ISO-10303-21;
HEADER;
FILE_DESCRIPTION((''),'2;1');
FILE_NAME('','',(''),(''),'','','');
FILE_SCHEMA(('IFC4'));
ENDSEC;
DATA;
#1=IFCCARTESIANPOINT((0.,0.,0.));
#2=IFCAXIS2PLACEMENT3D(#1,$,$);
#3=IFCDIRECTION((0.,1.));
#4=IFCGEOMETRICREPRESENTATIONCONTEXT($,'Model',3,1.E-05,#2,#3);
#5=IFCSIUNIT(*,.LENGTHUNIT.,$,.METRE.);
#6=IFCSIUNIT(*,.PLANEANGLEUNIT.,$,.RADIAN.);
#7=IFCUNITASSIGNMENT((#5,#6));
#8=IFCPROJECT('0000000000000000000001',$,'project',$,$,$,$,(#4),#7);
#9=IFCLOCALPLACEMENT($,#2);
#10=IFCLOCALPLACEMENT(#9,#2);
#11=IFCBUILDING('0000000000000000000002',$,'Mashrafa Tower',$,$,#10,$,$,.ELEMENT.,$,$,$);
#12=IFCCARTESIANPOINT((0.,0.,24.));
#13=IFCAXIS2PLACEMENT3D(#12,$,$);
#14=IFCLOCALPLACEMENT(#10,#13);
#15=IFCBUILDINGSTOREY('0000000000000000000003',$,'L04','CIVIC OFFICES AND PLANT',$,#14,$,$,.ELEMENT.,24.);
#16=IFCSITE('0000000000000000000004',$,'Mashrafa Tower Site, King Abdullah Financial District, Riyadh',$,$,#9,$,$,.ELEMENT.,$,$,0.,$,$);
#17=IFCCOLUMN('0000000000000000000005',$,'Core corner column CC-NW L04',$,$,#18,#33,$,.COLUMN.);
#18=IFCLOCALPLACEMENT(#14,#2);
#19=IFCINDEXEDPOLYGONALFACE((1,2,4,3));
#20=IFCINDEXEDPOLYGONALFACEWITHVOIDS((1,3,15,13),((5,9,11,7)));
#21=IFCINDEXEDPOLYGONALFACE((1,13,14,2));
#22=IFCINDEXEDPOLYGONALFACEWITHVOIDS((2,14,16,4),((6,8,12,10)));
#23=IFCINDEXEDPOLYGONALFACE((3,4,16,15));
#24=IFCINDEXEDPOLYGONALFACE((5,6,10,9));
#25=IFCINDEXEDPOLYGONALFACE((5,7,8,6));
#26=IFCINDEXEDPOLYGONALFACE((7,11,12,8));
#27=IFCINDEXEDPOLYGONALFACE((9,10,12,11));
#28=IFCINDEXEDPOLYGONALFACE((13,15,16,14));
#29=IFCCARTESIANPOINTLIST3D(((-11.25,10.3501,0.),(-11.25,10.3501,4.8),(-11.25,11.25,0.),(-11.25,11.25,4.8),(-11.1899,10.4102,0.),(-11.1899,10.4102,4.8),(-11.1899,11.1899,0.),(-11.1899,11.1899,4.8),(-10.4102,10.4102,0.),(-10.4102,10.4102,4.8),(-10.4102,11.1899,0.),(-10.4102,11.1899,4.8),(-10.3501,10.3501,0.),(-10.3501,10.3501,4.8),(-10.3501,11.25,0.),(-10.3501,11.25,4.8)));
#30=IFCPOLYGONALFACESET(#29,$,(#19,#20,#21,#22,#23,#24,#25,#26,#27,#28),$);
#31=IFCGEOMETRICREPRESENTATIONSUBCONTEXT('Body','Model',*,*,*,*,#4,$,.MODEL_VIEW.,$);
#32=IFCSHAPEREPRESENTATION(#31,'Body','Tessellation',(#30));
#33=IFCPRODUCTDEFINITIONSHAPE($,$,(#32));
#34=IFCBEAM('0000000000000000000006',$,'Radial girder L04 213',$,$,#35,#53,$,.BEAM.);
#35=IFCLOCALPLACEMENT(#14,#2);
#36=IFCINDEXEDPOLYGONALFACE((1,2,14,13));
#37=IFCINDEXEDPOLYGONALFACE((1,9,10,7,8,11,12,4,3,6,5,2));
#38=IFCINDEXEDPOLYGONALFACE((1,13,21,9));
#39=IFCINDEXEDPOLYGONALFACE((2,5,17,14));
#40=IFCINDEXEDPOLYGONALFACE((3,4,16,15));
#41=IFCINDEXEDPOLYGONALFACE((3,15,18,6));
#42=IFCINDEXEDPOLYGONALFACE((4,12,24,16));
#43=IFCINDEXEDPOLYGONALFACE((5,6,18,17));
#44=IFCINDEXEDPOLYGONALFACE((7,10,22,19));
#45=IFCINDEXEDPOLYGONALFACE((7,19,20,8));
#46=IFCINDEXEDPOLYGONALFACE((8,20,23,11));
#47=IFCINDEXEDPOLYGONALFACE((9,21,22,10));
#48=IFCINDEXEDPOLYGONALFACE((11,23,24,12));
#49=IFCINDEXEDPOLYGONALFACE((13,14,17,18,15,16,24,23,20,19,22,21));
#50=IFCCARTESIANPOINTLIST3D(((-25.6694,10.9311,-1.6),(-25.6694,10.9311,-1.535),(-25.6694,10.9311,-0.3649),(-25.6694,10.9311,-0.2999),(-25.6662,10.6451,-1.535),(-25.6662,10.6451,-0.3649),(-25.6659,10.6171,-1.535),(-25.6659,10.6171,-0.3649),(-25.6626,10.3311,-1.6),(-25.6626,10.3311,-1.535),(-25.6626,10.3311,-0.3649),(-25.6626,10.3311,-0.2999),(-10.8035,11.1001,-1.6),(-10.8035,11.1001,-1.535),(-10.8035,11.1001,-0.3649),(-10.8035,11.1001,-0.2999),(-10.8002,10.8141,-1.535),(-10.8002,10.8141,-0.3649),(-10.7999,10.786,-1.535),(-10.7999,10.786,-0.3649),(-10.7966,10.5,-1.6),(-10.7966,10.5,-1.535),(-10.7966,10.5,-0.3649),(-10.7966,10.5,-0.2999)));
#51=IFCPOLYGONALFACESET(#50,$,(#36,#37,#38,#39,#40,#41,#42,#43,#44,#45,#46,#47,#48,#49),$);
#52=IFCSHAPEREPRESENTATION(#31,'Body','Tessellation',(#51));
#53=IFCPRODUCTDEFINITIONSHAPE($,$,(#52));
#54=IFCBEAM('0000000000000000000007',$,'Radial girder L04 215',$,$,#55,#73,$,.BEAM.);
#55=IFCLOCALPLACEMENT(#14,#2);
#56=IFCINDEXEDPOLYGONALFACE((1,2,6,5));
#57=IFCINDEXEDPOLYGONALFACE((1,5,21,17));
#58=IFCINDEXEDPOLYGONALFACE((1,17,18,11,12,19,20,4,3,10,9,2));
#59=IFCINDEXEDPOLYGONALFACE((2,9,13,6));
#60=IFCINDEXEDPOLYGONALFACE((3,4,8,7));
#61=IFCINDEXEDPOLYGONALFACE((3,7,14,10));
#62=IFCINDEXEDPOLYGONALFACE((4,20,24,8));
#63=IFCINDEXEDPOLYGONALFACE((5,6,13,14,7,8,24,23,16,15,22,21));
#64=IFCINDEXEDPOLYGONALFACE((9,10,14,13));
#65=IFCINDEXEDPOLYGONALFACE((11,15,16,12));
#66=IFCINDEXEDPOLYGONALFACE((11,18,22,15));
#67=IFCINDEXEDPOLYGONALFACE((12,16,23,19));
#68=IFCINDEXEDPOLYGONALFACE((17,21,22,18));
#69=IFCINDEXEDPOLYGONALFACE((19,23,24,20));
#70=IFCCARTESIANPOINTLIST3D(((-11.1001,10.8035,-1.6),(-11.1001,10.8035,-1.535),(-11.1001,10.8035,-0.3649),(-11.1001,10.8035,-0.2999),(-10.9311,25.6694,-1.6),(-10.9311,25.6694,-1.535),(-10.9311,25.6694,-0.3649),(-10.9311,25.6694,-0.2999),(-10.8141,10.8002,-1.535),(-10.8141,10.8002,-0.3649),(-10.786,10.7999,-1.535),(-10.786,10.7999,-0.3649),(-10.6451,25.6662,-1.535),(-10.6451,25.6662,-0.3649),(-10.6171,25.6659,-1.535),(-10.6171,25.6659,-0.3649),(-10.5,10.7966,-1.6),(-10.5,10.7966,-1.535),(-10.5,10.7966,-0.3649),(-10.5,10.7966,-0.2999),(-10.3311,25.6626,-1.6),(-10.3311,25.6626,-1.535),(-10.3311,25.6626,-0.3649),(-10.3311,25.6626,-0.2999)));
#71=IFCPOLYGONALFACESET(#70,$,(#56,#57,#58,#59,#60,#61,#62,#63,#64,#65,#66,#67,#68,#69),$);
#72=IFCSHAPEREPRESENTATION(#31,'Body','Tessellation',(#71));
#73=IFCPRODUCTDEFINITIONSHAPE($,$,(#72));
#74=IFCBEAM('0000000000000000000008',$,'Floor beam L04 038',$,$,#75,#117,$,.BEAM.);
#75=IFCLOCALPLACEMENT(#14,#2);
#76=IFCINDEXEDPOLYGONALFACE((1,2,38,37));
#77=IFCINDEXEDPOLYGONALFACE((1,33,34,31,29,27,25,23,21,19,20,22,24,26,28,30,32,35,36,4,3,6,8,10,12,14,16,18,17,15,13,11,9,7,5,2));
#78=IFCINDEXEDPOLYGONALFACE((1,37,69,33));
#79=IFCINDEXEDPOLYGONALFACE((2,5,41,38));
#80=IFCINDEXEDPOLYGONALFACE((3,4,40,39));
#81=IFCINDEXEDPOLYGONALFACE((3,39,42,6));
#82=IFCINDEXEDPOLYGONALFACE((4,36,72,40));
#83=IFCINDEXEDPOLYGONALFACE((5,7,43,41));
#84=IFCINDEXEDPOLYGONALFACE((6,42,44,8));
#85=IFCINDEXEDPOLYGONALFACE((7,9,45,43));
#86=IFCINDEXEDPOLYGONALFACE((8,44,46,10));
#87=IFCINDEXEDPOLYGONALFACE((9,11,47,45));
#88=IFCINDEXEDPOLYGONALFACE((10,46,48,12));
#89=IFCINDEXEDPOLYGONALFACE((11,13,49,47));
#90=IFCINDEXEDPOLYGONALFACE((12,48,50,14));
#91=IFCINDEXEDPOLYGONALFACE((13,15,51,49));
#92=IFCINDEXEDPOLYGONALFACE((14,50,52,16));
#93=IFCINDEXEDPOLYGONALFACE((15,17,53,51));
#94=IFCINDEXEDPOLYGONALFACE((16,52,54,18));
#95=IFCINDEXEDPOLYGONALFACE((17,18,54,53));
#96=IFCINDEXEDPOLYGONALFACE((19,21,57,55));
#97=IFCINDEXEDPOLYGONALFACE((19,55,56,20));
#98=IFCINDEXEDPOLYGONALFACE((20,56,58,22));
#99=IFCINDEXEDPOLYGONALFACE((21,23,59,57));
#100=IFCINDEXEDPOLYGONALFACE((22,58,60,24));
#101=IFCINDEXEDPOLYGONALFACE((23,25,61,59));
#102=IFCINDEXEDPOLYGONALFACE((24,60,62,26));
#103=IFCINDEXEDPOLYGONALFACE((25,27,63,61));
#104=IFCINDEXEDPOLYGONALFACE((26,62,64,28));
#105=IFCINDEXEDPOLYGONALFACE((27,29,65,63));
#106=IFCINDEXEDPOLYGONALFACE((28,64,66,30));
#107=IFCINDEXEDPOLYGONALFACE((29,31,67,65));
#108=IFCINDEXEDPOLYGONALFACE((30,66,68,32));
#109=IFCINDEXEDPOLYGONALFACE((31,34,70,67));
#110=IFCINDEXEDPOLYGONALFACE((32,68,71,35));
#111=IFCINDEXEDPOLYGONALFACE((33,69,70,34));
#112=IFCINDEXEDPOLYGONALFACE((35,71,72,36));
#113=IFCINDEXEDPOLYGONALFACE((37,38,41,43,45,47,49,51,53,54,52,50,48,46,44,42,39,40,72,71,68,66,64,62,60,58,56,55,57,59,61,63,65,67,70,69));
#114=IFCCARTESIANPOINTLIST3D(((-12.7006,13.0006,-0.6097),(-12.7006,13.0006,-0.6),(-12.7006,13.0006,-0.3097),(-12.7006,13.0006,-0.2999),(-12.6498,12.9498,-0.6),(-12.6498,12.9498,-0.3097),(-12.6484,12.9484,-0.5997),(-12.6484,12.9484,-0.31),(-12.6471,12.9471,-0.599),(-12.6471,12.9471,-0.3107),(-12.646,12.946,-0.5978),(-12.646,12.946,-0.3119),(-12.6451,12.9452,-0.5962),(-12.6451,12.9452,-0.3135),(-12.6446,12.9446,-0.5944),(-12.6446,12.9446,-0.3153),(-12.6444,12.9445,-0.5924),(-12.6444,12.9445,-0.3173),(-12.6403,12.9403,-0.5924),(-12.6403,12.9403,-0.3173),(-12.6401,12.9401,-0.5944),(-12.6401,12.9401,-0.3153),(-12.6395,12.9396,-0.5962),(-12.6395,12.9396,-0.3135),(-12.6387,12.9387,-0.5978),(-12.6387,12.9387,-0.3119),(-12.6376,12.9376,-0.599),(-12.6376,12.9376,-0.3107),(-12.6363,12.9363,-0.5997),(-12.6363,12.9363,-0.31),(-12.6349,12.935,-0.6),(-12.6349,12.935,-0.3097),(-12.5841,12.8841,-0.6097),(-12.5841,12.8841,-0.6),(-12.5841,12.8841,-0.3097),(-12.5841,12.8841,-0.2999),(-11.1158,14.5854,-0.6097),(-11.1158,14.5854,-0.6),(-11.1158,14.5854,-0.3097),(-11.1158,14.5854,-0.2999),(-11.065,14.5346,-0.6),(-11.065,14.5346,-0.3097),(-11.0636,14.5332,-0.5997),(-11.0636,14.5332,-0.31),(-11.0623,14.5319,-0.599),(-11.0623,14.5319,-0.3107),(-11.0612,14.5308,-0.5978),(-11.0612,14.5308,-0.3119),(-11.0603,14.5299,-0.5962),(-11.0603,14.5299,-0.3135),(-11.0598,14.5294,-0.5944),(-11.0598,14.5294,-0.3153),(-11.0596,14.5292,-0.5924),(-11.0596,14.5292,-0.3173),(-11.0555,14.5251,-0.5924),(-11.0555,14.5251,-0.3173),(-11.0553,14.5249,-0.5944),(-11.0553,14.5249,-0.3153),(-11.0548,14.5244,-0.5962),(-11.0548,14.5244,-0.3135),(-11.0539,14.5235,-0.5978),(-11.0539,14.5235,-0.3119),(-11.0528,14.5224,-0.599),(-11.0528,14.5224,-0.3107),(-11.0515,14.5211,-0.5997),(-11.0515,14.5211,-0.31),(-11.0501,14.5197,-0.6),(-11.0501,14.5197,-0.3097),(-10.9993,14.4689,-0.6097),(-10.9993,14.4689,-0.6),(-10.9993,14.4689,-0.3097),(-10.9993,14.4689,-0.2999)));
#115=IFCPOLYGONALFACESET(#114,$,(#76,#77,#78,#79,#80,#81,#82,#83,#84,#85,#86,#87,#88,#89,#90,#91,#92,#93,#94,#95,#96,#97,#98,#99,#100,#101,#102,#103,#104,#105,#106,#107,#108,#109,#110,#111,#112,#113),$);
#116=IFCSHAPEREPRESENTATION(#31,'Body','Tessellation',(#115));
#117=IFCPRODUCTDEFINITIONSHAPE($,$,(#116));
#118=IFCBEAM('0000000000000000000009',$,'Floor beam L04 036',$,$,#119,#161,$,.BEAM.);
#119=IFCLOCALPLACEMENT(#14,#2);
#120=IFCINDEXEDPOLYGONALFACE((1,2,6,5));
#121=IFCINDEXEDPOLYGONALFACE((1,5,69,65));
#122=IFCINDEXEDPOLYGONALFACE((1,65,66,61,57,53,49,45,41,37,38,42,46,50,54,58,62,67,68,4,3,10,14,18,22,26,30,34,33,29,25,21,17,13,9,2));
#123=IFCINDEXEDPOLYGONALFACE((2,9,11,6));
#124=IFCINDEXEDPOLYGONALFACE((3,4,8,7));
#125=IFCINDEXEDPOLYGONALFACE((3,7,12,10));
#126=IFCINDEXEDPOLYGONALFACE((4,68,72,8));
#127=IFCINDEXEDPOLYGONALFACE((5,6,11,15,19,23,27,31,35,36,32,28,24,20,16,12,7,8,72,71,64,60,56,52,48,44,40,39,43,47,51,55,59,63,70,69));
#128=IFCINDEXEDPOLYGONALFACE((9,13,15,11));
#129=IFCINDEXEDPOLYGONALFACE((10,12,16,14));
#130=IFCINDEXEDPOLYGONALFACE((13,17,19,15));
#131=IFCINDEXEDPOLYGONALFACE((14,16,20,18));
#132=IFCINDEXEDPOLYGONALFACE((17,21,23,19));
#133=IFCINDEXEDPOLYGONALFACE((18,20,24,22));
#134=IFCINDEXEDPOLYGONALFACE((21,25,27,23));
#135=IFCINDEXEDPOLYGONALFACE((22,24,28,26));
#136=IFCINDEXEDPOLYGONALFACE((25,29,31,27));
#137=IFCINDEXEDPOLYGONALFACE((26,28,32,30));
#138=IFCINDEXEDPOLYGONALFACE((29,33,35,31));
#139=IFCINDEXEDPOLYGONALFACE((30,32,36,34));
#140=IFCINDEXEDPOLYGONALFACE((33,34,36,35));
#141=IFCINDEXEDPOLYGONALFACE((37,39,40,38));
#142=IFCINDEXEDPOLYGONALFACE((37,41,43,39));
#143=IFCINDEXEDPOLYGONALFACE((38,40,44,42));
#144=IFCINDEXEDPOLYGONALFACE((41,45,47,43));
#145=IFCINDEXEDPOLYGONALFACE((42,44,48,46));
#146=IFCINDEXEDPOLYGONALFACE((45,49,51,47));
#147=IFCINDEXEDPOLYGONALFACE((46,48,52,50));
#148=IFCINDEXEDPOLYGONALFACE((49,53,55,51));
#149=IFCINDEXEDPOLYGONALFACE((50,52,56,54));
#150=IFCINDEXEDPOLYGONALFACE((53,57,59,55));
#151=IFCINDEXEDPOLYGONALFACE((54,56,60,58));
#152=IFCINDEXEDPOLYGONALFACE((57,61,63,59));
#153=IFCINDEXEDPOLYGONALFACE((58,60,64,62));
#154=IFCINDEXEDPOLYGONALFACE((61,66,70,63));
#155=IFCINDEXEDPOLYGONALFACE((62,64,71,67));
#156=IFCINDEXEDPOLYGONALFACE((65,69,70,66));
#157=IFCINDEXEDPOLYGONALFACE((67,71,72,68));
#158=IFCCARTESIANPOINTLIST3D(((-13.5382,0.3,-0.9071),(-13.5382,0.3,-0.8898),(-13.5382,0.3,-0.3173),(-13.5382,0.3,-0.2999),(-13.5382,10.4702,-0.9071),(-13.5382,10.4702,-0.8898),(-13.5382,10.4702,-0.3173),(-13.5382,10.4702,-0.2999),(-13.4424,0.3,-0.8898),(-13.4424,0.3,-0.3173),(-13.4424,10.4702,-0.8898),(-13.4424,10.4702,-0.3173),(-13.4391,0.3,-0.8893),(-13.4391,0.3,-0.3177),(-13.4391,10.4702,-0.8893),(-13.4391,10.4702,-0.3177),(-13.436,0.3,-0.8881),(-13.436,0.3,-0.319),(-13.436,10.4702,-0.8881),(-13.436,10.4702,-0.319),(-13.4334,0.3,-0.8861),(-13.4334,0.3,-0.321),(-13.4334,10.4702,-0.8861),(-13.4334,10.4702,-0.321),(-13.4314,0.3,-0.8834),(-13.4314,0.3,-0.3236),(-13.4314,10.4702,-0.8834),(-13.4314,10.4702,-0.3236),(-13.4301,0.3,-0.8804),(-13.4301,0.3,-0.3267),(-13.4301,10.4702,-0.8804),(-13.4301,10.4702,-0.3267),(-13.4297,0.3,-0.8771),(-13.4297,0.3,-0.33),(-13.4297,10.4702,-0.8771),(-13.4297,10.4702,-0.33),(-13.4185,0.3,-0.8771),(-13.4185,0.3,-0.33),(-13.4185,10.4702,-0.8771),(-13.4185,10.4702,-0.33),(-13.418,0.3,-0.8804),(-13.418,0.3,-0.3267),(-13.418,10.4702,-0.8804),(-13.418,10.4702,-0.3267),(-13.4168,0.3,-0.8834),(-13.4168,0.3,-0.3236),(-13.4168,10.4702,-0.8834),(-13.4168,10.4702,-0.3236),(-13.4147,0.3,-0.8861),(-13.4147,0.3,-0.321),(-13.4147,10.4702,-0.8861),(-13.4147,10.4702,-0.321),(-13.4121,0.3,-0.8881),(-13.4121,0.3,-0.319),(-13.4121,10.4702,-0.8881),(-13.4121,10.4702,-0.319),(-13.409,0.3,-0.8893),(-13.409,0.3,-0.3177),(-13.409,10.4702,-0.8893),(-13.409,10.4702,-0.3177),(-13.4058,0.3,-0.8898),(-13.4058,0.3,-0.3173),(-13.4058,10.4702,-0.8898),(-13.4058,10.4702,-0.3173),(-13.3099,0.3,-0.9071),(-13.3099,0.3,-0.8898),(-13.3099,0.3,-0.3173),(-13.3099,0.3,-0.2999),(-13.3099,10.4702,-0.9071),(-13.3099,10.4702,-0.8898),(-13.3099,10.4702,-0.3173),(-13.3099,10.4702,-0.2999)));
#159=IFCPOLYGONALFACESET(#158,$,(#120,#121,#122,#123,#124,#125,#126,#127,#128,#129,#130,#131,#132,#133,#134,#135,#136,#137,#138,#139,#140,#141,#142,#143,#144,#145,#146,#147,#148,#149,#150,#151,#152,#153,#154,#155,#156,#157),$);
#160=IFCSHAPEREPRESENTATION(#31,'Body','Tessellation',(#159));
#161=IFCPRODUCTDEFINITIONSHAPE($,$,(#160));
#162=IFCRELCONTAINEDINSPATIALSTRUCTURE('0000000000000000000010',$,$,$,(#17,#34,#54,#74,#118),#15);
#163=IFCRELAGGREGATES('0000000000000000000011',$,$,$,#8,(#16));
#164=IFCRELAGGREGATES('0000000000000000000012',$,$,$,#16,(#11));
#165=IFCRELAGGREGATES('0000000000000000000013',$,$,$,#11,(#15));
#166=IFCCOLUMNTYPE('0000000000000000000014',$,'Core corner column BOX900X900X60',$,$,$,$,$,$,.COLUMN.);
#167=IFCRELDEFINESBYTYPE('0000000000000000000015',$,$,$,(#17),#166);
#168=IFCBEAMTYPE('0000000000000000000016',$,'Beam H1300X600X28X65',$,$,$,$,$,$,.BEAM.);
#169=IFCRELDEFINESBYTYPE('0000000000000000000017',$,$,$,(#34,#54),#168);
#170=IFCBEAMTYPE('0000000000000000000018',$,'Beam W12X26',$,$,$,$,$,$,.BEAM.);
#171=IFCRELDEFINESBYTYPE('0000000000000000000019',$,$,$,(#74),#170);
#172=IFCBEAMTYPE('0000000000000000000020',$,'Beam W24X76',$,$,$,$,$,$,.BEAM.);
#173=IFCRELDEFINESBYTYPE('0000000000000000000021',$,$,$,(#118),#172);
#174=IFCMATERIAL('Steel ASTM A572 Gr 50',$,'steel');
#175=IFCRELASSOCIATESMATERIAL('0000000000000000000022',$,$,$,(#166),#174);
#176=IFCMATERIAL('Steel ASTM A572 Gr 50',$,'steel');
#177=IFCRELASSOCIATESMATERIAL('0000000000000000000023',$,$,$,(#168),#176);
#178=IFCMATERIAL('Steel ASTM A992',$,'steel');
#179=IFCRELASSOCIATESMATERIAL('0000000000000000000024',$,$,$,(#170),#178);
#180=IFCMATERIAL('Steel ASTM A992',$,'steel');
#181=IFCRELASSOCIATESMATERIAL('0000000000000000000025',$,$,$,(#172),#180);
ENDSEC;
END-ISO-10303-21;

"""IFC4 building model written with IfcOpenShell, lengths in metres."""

from ifc_helpers import new_model, si_unit, direction, frame, origin, origin_2d, place, context, subcontext, project, spatial, hollow_rectangle, i_section, extrude, material, material_profile, profile_set, type_object, element, save


model = new_model("IFC4")

# Units and contexts
model_context = context("Model", 3, precision=1e-05, world=origin(), true_north=direction((0.0, 1.0)))
body_context = subcontext(model_context, "Body", "Model", "MODEL_VIEW")
ifc_project = project(units=[si_unit("LENGTHUNIT", "METRE"), si_unit("PLANEANGLEUNIT", "RADIAN")], contexts=[model_context])

# Site, building, storey
site_placement = place(None, origin())
site = spatial("IfcSite", under=ifc_project, at=site_placement, Name="Mashrafa Tower Site, King Abdullah Financial District, Riyadh", CompositionType="ELEMENT", RefElevation=0.0)
building_placement = place(site_placement, origin())
building = spatial("IfcBuilding", under=site, at=building_placement, Name="Mashrafa Tower", CompositionType="ELEMENT")
storey_placement = place(building_placement, frame((0.0, 0.0, 24.0)))
storey = spatial("IfcBuildingStorey", under=building, at=storey_placement, Name="L04", Description="CIVIC OFFICES AND PLANT", CompositionType="ELEMENT", Elevation=24.0)

# Column
ifc_material_1 = material(Name="Steel ASTM A572 Gr 50", Category="steel")
ifc_material_profile_1 = material_profile(ifc_material_1, hollow_rectangle(XDim=0.8999, YDim=0.8999, WallThickness=0.0601, at=origin_2d()), Name="BOX900X900X60")
ifc_profile_set_1 = profile_set([ifc_material_profile_1], Name="Steel ASTM A572 Gr 50")
column_type = type_object("IfcColumnType", Name="Core corner column BOX900X900X60", PredefinedType="COLUMN", material=ifc_profile_set_1)
column_placement = place(storey_placement, frame((-10.8, 10.8, 0.0), z_axis=(0.0, 0.0, 1.0), x_axis=(1.0, 0.0, 0.0)))
element("IfcColumn", 1, at=column_placement, inside=storey, type_object=column_type, Name="Core corner column CC-NW L04", PredefinedType="COLUMN", context=body_context, shape_type="SweptSolid", body=[
    extrude(hollow_rectangle(XDim=0.8999, YDim=0.8999, WallThickness=0.0601, at=origin_2d()), origin(), (0.0, 0.0, 1.0), 4.8),
])

# Beams
ifc_material_2 = material(Name="Steel ASTM A572 Gr 50", Category="steel")
ifc_material_profile_2 = material_profile(ifc_material_2, i_section(OverallWidth=0.6001, OverallDepth=1.3, WebThickness=0.0281, FlangeThickness=0.0649, at=origin_2d()), Name="H1300X600X28X65")
ifc_profile_set_2 = profile_set([ifc_material_profile_2], Name="Steel ASTM A572 Gr 50")
beam_type_1 = type_object("IfcBeamType", Name="Beam H1300X600X28X65", PredefinedType="BEAM", material=ifc_profile_set_2)
for number, where, z_axis, x_axis, name in (
    (2, (-10.8, 10.8, -0.95), (-0.999935, -0.011364, 0.0), (0.011364, -0.999935, 0.0), "Radial girder L04 213"),
    (3, (-10.8, 10.8, -0.95), (0.011364, 0.999935, 0.0), (-0.999935, 0.011364, 0.0), "Radial girder L04 215"),
):
    element("IfcBeam", number, at=place(storey_placement, frame(where, z_axis=z_axis, x_axis=x_axis)), inside=storey, type_object=beam_type_1, Name=name, PredefinedType="BEAM", context=body_context, shape_type="SweptSolid", body=[
        extrude(i_section(OverallWidth=0.6001, OverallDepth=1.3, WebThickness=0.0281, FlangeThickness=0.0649, at=origin_2d()), origin(), (0.0, 0.0, 1.0), 14.8669),
    ])
ifc_material_3 = material(Name="Steel ASTM A992", Category="steel")
ifc_material_profile_3 = material_profile(ifc_material_3, i_section(OverallWidth=0.1648, OverallDepth=0.3098, WebThickness=0.0059, FlangeThickness=0.0098, FilletRadius=0.0076, at=origin_2d()), Name="W12X26")
ifc_profile_set_3 = profile_set([ifc_material_profile_3], Name="Steel ASTM A992")
beam_type_2 = type_object("IfcBeamType", Name="Beam W12X26", PredefinedType="BEAM", material=ifc_profile_set_3)
beam_1_placement = place(storey_placement, frame((-12.6423, 12.9424, -0.4548), z_axis=(0.707107, 0.707107, 0.0), x_axis=(-0.707107, 0.707107, 0.0)))
element("IfcBeam", 4, at=beam_1_placement, inside=storey, type_object=beam_type_2, Name="Floor beam L04 038", PredefinedType="BEAM", context=body_context, shape_type="SweptSolid", body=[
    extrude(i_section(OverallWidth=0.1648, OverallDepth=0.3098, WebThickness=0.0059, FlangeThickness=0.0098, FilletRadius=0.0076, at=origin_2d()), origin(), (0.0, 0.0, 1.0), 2.2412),
])
ifc_material_4 = material(Name="Steel ASTM A992", Category="steel")
ifc_material_profile_4 = material_profile(ifc_material_4, i_section(OverallWidth=0.2283, OverallDepth=0.6072, WebThickness=0.0112, FlangeThickness=0.0173, FilletRadius=0.0127, at=origin_2d()), Name="W24X76")
ifc_profile_set_4 = profile_set([ifc_material_profile_4], Name="Steel ASTM A992")
beam_type_3 = type_object("IfcBeamType", Name="Beam W24X76", PredefinedType="BEAM", material=ifc_profile_set_4)
for number, where, z_axis, x_axis, name in (
    (5, (-13.4241, 0.3, -0.6035), (0.0, 1.0, 0.0), (-1.0, 0.0, 0.0), "Floor beam L04 036"),
):
    element("IfcBeam", number, at=place(storey_placement, frame(where, z_axis=z_axis, x_axis=x_axis)), inside=storey, type_object=beam_type_3, Name=name, PredefinedType="BEAM", context=body_context, shape_type="SweptSolid", body=[
        extrude(i_section(OverallWidth=0.2283, OverallDepth=0.6072, WebThickness=0.0112, FlangeThickness=0.0173, FilletRadius=0.0127, at=origin_2d()), origin(), (0.0, 0.0, 1.0), 10.1702),
    ])

save(model, "model.ifc")
